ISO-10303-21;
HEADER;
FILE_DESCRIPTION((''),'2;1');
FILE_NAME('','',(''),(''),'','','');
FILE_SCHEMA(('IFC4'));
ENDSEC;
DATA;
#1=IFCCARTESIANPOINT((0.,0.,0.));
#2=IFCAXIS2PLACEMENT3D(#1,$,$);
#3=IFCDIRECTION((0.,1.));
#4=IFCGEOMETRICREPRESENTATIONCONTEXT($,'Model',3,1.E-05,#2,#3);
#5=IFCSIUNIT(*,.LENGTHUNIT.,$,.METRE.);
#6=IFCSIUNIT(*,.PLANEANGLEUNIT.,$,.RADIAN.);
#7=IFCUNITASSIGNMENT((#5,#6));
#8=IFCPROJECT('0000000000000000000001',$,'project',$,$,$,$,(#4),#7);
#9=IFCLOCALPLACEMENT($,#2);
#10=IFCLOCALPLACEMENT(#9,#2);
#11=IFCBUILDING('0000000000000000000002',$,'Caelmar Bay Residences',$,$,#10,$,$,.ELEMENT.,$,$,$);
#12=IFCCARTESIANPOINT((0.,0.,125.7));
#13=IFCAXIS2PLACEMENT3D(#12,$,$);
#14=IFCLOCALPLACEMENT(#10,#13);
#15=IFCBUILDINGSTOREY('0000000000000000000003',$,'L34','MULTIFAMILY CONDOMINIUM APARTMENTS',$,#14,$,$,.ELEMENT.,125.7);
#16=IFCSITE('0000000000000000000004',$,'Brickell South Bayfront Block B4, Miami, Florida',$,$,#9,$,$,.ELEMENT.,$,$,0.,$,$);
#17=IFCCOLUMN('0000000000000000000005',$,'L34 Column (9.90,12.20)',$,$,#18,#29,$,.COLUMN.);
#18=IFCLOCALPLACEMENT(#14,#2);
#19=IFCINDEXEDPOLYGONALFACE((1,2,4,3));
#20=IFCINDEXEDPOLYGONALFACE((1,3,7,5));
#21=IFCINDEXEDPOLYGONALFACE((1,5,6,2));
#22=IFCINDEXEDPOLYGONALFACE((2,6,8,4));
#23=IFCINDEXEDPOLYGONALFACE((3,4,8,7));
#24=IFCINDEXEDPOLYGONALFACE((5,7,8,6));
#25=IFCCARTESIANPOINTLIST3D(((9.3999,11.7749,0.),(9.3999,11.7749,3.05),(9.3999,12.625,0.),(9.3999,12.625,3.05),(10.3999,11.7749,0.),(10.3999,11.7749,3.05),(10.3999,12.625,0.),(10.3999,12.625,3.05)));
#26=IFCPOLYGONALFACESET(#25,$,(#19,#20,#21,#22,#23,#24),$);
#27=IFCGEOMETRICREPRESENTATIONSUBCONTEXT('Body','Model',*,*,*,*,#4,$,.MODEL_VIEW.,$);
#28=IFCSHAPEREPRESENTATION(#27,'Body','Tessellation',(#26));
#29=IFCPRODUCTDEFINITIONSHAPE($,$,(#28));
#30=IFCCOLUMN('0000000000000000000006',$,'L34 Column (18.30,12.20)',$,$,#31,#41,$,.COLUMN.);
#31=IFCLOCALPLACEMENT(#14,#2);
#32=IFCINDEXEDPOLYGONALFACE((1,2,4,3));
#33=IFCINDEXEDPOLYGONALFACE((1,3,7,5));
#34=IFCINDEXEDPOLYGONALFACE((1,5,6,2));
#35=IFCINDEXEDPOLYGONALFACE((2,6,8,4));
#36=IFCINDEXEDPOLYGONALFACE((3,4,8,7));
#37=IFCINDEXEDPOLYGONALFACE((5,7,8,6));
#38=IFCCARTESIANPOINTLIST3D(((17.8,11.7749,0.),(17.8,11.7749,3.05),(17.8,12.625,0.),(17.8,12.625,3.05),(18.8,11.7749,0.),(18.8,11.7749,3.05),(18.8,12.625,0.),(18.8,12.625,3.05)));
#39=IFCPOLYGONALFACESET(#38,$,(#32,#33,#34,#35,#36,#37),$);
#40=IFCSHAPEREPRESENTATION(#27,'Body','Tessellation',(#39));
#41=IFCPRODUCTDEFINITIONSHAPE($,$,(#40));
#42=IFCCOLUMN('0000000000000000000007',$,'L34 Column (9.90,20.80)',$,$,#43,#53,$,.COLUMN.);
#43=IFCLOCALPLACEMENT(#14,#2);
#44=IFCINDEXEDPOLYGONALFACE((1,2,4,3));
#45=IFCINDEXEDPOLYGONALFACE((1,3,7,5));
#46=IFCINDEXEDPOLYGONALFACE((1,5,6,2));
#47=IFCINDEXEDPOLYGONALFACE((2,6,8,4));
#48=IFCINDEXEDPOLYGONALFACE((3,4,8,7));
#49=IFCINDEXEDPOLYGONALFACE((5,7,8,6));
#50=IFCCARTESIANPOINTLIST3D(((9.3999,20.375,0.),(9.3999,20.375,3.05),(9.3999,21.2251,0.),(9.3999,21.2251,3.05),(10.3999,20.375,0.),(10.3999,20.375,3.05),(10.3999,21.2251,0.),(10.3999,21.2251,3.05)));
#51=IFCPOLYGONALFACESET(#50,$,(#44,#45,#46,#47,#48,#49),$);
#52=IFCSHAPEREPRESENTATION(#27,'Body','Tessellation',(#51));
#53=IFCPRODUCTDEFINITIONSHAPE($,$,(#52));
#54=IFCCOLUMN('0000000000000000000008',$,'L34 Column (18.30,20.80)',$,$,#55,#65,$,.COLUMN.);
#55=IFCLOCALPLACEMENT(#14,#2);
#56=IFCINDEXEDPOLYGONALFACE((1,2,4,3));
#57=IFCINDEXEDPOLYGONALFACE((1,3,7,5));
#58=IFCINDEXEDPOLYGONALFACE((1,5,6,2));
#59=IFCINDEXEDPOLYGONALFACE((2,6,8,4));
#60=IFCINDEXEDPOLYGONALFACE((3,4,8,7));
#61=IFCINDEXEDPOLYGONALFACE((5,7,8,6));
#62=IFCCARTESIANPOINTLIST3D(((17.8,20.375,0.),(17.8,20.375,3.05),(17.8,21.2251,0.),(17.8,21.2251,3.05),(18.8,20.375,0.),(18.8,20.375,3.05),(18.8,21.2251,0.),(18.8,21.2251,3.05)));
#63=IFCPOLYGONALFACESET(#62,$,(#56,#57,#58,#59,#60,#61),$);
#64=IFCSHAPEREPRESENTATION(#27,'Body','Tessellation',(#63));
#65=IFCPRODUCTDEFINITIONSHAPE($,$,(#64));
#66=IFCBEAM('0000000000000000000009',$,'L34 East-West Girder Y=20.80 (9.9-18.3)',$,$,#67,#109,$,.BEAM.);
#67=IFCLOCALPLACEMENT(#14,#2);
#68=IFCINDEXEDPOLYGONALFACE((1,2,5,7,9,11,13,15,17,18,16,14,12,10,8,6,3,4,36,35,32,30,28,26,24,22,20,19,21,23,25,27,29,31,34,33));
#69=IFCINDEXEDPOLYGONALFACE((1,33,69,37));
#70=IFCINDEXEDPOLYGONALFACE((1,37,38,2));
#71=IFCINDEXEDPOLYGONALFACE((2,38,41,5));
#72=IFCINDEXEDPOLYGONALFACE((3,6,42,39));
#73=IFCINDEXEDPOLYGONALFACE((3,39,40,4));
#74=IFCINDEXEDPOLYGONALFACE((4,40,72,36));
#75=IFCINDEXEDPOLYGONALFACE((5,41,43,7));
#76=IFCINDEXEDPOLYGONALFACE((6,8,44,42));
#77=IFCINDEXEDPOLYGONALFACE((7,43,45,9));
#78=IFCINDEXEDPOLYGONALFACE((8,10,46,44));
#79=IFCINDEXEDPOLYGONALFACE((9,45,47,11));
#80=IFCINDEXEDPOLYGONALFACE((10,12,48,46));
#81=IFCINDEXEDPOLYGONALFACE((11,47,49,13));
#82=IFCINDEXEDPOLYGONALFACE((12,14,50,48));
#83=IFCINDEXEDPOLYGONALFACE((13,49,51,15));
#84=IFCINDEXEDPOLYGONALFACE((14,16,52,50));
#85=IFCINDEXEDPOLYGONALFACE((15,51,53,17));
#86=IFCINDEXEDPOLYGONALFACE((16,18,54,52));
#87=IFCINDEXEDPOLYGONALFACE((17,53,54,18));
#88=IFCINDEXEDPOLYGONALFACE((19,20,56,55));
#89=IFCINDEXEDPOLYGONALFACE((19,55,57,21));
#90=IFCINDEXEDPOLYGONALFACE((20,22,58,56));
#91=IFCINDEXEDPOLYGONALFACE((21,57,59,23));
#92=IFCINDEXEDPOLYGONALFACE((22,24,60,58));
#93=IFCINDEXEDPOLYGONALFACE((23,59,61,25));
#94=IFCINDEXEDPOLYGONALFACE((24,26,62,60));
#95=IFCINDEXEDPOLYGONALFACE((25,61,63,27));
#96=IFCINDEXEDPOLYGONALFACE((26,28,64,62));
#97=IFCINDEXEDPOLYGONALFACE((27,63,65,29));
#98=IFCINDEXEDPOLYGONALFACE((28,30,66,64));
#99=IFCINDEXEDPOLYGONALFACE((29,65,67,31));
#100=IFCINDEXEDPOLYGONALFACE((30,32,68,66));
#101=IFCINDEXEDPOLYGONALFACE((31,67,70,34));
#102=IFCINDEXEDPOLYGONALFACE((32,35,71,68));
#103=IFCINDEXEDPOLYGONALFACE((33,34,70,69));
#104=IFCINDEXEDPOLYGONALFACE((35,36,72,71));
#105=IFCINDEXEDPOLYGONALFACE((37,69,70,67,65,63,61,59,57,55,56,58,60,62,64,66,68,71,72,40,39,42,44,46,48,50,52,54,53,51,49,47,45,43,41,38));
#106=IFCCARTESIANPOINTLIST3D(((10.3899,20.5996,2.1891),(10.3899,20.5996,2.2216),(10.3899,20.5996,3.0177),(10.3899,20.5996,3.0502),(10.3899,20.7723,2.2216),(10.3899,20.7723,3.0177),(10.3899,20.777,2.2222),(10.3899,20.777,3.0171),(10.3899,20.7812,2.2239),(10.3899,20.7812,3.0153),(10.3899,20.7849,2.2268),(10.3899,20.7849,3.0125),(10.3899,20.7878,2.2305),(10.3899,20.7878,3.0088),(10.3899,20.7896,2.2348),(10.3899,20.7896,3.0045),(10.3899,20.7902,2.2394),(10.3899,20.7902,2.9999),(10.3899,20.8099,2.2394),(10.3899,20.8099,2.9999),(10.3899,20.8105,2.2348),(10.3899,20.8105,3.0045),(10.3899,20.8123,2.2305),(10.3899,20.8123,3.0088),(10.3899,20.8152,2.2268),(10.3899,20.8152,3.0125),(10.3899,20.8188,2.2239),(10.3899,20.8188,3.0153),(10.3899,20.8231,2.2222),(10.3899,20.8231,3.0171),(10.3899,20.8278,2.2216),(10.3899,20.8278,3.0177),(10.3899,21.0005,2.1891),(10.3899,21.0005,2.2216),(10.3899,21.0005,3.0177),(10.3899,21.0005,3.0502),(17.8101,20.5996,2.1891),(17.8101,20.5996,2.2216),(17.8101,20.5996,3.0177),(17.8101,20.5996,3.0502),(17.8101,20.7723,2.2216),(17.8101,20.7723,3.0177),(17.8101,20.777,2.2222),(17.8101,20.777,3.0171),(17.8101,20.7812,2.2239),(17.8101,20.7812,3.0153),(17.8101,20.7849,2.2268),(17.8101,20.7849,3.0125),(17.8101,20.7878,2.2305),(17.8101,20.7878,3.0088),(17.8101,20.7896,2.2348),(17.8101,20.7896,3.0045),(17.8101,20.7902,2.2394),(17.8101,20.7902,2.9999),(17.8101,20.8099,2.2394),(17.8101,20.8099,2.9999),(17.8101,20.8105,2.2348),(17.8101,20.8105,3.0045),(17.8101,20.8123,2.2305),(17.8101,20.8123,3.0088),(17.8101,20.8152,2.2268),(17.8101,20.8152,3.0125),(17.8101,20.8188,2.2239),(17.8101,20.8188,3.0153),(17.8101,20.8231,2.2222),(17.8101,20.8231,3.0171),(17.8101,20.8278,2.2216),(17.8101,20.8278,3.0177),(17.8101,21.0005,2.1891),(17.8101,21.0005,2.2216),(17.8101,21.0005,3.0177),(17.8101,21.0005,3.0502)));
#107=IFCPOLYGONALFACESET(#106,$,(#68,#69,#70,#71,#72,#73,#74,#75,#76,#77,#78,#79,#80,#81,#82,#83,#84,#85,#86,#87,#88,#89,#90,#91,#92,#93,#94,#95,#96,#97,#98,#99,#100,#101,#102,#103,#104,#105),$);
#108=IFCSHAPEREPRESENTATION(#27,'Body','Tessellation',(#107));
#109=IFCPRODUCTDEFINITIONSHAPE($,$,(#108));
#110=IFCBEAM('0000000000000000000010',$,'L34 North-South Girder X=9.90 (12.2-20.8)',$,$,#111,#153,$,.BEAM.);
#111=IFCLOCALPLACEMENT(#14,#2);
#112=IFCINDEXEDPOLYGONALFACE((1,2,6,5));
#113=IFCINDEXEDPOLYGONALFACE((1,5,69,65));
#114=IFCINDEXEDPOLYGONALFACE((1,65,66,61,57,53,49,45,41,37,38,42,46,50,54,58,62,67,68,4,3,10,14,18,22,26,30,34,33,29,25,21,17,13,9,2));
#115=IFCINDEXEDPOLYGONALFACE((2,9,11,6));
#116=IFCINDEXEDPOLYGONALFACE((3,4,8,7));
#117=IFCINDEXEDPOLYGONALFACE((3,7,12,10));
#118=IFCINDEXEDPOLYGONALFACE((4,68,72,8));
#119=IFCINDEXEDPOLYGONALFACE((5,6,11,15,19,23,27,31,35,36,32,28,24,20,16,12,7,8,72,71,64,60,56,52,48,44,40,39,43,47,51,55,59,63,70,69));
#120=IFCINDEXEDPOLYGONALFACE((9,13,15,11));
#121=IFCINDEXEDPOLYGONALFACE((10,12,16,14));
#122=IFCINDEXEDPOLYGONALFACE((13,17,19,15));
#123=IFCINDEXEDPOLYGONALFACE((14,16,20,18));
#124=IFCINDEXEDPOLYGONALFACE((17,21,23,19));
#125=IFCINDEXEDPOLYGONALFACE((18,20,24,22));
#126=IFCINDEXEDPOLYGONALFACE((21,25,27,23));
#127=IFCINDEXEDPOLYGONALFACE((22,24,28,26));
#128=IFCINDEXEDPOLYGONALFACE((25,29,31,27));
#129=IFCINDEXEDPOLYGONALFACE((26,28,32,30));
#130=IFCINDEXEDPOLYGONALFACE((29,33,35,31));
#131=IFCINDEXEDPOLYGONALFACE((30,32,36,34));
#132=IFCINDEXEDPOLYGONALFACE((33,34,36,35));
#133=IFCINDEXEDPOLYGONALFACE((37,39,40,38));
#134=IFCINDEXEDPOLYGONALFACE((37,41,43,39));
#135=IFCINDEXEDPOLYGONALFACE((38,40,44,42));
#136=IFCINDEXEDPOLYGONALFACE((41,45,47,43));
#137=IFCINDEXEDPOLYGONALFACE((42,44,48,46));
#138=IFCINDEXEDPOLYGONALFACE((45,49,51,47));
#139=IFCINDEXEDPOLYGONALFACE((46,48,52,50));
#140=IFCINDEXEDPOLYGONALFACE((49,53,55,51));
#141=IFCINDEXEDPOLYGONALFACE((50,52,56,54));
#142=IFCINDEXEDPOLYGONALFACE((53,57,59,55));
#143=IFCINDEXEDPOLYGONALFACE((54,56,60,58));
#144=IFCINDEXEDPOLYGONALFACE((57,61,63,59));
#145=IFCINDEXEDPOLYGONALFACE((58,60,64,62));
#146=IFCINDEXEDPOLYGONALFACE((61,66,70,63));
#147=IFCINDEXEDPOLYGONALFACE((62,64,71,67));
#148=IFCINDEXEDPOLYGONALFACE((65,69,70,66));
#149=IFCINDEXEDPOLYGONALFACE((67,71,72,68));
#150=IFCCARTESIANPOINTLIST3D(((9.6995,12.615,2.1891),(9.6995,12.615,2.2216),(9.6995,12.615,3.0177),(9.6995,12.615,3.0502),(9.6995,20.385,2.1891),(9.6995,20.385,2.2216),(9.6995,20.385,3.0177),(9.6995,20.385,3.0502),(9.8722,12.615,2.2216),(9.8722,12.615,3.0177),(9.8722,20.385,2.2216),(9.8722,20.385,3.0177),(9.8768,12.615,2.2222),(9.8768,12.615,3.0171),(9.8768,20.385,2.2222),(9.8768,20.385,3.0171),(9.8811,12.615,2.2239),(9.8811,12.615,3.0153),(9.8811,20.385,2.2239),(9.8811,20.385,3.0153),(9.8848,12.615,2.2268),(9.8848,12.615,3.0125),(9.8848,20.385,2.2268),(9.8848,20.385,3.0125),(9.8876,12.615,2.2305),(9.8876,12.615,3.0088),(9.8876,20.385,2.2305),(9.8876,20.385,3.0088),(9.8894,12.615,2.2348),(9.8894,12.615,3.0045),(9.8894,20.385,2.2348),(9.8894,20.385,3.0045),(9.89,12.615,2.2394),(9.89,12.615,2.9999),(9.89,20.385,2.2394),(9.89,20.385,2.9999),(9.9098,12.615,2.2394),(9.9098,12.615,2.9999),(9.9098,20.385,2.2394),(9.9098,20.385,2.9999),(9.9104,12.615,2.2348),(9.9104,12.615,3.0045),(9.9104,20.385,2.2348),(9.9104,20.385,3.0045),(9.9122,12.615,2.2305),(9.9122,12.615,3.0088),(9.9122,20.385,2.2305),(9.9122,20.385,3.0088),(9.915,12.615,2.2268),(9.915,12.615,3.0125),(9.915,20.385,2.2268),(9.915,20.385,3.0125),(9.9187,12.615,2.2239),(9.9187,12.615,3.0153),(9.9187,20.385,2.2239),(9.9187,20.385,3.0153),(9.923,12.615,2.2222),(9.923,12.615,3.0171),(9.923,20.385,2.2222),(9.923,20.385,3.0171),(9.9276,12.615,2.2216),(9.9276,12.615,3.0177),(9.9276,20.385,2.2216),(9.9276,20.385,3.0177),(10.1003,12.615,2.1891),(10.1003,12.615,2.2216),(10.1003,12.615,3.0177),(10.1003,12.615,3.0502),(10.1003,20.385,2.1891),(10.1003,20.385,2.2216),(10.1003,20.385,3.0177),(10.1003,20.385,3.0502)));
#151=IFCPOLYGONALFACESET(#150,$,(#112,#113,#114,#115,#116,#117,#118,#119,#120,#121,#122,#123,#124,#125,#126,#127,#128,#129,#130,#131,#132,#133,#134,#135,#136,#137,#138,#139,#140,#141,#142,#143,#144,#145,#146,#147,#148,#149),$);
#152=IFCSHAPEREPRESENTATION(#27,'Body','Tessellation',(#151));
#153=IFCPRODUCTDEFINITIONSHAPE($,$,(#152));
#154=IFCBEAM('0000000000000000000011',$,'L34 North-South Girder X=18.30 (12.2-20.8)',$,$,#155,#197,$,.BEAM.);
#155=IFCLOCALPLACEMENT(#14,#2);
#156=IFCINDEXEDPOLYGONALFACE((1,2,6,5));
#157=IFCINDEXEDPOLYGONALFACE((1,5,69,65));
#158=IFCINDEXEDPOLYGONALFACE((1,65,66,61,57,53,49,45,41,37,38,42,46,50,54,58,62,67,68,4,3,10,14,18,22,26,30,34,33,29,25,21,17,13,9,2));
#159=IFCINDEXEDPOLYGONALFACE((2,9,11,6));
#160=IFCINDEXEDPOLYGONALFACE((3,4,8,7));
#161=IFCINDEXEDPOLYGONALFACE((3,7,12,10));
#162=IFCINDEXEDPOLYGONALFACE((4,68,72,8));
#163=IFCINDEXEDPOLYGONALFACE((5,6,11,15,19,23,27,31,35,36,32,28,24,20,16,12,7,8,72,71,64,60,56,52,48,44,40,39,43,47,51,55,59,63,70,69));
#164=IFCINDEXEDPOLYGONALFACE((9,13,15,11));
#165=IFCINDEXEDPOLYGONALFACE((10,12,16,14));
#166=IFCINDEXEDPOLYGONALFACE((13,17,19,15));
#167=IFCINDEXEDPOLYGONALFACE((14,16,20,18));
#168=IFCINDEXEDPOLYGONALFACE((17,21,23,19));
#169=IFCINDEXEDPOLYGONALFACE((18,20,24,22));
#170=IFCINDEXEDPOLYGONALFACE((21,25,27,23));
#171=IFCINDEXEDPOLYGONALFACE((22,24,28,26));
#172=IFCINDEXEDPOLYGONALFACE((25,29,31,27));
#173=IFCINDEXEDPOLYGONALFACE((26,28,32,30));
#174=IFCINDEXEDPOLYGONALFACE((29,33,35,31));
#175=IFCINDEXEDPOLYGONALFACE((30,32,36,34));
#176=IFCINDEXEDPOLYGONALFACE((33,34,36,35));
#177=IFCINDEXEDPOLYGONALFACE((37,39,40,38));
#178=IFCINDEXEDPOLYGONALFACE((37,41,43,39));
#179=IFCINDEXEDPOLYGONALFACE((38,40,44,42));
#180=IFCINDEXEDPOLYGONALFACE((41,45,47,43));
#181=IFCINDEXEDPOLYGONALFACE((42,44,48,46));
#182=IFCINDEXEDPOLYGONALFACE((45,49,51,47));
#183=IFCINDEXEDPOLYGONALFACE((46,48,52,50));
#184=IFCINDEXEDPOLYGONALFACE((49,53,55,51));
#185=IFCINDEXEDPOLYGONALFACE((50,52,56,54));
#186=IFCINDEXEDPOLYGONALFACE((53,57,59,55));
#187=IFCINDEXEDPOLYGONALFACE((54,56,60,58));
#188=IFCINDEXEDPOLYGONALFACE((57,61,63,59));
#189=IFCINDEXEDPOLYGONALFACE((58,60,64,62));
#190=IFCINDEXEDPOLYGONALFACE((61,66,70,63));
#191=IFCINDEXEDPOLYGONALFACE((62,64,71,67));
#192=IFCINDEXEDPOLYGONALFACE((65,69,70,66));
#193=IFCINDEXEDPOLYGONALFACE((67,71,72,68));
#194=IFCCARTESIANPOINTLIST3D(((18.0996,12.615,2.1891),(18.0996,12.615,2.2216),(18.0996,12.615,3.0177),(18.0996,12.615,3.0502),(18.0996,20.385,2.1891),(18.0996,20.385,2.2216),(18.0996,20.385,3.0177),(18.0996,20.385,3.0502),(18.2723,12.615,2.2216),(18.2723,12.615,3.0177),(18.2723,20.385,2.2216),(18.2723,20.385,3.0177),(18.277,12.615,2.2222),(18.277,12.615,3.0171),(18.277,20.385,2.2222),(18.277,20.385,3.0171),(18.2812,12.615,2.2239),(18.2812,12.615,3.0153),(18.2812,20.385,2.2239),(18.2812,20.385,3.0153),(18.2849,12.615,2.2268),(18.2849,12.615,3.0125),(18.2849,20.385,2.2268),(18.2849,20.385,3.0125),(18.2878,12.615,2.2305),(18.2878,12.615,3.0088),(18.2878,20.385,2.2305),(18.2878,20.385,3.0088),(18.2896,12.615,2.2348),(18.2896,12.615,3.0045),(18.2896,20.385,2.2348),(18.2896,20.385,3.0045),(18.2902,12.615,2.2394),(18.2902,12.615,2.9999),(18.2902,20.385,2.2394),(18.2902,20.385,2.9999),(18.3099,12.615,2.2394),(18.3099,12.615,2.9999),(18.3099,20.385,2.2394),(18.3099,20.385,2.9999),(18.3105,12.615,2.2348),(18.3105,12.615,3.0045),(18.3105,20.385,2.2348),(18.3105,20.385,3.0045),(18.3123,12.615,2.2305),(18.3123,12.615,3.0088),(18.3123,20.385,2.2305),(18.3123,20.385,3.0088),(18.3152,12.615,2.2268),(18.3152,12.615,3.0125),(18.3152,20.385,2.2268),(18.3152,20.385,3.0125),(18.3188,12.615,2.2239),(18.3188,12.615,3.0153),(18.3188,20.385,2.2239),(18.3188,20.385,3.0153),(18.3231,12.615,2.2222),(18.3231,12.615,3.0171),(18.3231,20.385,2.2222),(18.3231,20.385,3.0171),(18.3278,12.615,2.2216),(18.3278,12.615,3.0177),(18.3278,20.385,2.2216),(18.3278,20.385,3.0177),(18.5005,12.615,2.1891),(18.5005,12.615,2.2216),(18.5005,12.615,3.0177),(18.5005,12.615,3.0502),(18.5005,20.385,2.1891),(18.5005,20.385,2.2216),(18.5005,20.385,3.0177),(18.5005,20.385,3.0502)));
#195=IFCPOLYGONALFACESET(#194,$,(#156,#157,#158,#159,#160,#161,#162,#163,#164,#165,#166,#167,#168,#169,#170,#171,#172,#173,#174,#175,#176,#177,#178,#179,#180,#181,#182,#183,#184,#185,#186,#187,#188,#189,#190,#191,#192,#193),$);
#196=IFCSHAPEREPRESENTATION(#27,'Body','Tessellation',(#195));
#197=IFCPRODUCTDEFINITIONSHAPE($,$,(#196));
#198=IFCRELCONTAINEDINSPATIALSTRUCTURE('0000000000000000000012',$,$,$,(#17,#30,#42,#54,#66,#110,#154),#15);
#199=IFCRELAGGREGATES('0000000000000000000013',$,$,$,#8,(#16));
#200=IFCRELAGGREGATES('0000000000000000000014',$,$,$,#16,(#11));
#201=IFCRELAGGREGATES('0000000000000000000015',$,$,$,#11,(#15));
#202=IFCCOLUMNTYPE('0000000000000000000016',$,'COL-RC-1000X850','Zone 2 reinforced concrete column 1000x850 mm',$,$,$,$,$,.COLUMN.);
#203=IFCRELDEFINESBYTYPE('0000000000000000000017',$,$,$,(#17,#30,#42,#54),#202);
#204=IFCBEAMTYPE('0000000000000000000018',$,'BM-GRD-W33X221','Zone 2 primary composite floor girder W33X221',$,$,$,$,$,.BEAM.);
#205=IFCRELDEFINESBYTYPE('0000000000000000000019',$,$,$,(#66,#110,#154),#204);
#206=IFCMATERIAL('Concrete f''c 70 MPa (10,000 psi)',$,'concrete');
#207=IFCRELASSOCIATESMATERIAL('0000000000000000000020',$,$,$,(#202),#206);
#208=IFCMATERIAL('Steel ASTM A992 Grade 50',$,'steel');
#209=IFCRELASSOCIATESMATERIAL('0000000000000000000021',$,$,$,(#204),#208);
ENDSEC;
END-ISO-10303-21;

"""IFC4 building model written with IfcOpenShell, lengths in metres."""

from ifc_helpers import new_model, si_unit, direction, frame, origin, origin_2d, place, context, subcontext, project, spatial, rectangle, i_section, extrude, material, material_profile, profile_set, type_object, element, save


model = new_model("IFC4")

# Units and contexts
model_context = context("Model", 3, precision=1e-05, world=origin(), true_north=direction((0.0, 1.0)))
body_context = subcontext(model_context, "Body", "Model", "MODEL_VIEW")
ifc_project = project(units=[si_unit("LENGTHUNIT", "METRE"), si_unit("PLANEANGLEUNIT", "RADIAN")], contexts=[model_context])

# Site, building, storey
site_placement = place(None, origin())
site = spatial("IfcSite", under=ifc_project, at=site_placement, Name="Brickell South Bayfront Block B4, Miami, Florida", CompositionType="ELEMENT", RefElevation=0.0)
building_placement = place(site_placement, origin())
building = spatial("IfcBuilding", under=site, at=building_placement, Name="Caelmar Bay Residences", CompositionType="ELEMENT")
storey_placement = place(building_placement, frame((0.0, 0.0, 125.7)))
storey = spatial("IfcBuildingStorey", under=building, at=storey_placement, Name="L34", Description="MULTIFAMILY CONDOMINIUM APARTMENTS", CompositionType="ELEMENT", Elevation=125.7)

# Columns
ifc_material_1 = material(Name="Concrete f'c 70 MPa (10,000 psi)", Category="concrete")
ifc_material_profile_1 = material_profile(ifc_material_1, rectangle(XDim=1.0, YDim=0.8501, at=origin_2d()), Name="RC-COL-1000X850")
ifc_profile_set_1 = profile_set([ifc_material_profile_1], Name="Concrete f'c 70 MPa (10,000 psi)")
column_type = type_object("IfcColumnType", Name="COL-RC-1000X850", Description="Zone 2 reinforced concrete column 1000x850 mm", PredefinedType="COLUMN", material=ifc_profile_set_1)
for number, where, z_axis, x_axis, name in (
    (1, (9.8999, 12.2, 0.0), (0.0, 0.0, 1.0), (1.0, 0.0, 0.0), "L34 Column (9.90,12.20)"),
    (2, (18.3, 12.2, 0.0), (0.0, 0.0, 1.0), (1.0, 0.0, 0.0), "L34 Column (18.30,12.20)"),
    (3, (9.8999, 20.8, 0.0), (0.0, 0.0, 1.0), (1.0, 0.0, 0.0), "L34 Column (9.90,20.80)"),
    (4, (18.3, 20.8, 0.0), (0.0, 0.0, 1.0), (1.0, 0.0, 0.0), "L34 Column (18.30,20.80)"),
):
    element("IfcColumn", number, at=place(storey_placement, frame(where, z_axis=z_axis, x_axis=x_axis)), inside=storey, type_object=column_type, Name=name, PredefinedType="COLUMN", context=body_context, shape_type="SweptSolid", body=[
        extrude(rectangle(XDim=1.0, YDim=0.8501, at=origin_2d()), origin(), (0.0, 0.0, 1.0), 3.05),
    ])

# Beams
ifc_material_2 = material(Name="Steel ASTM A992 Grade 50", Category="steel")
ifc_material_profile_2 = material_profile(ifc_material_2, i_section(OverallWidth=0.4009, OverallDepth=0.8611, WebThickness=0.0198, FlangeThickness=0.0325, FilletRadius=0.0178, at=origin_2d()), Name="W33X221")
ifc_profile_set_2 = profile_set([ifc_material_profile_2], Name="Steel ASTM A992 Grade 50")
beam_type_1 = type_object("IfcBeamType", Name="BM-GRD-W33X221", Description="Zone 2 primary composite floor girder W33X221", PredefinedType="BEAM", material=ifc_profile_set_2)
beam_1_placement = place(storey_placement, frame((10.3899, 20.8, 2.6196), z_axis=(1.0, 0.0, 0.0), x_axis=(0.0, 1.0, 0.0)))
element("IfcBeam", 5, at=beam_1_placement, inside=storey, type_object=beam_type_1, Name="L34 East-West Girder Y=20.80 (9.9-18.3)", PredefinedType="BEAM", context=body_context, shape_type="SweptSolid", body=[
    extrude(i_section(OverallWidth=0.4009, OverallDepth=0.8611, WebThickness=0.0198, FlangeThickness=0.0325, FilletRadius=0.0178, at=origin_2d()), origin(), (0.0, 0.0, 1.0), 7.4202),
])
for number, where, z_axis, x_axis, name in (
    (6, (9.8999, 12.615, 2.6196), (0.0, 1.0, 0.0), (-1.0, 0.0, 0.0), "L34 North-South Girder X=9.90 (12.2-20.8)"),
    (7, (18.3, 12.615, 2.6196), (0.0, 1.0, 0.0), (-1.0, 0.0, 0.0), "L34 North-South Girder X=18.30 (12.2-20.8)"),
):
    element("IfcBeam", number, at=place(storey_placement, frame(where, z_axis=z_axis, x_axis=x_axis)), inside=storey, type_object=beam_type_1, Name=name, PredefinedType="BEAM", context=body_context, shape_type="SweptSolid", body=[
        extrude(i_section(OverallWidth=0.4009, OverallDepth=0.8611, WebThickness=0.0198, FlangeThickness=0.0325, FilletRadius=0.0178, at=origin_2d()), origin(), (0.0, 0.0, 1.0), 7.77),
    ])

save(model, "model.ifc")
